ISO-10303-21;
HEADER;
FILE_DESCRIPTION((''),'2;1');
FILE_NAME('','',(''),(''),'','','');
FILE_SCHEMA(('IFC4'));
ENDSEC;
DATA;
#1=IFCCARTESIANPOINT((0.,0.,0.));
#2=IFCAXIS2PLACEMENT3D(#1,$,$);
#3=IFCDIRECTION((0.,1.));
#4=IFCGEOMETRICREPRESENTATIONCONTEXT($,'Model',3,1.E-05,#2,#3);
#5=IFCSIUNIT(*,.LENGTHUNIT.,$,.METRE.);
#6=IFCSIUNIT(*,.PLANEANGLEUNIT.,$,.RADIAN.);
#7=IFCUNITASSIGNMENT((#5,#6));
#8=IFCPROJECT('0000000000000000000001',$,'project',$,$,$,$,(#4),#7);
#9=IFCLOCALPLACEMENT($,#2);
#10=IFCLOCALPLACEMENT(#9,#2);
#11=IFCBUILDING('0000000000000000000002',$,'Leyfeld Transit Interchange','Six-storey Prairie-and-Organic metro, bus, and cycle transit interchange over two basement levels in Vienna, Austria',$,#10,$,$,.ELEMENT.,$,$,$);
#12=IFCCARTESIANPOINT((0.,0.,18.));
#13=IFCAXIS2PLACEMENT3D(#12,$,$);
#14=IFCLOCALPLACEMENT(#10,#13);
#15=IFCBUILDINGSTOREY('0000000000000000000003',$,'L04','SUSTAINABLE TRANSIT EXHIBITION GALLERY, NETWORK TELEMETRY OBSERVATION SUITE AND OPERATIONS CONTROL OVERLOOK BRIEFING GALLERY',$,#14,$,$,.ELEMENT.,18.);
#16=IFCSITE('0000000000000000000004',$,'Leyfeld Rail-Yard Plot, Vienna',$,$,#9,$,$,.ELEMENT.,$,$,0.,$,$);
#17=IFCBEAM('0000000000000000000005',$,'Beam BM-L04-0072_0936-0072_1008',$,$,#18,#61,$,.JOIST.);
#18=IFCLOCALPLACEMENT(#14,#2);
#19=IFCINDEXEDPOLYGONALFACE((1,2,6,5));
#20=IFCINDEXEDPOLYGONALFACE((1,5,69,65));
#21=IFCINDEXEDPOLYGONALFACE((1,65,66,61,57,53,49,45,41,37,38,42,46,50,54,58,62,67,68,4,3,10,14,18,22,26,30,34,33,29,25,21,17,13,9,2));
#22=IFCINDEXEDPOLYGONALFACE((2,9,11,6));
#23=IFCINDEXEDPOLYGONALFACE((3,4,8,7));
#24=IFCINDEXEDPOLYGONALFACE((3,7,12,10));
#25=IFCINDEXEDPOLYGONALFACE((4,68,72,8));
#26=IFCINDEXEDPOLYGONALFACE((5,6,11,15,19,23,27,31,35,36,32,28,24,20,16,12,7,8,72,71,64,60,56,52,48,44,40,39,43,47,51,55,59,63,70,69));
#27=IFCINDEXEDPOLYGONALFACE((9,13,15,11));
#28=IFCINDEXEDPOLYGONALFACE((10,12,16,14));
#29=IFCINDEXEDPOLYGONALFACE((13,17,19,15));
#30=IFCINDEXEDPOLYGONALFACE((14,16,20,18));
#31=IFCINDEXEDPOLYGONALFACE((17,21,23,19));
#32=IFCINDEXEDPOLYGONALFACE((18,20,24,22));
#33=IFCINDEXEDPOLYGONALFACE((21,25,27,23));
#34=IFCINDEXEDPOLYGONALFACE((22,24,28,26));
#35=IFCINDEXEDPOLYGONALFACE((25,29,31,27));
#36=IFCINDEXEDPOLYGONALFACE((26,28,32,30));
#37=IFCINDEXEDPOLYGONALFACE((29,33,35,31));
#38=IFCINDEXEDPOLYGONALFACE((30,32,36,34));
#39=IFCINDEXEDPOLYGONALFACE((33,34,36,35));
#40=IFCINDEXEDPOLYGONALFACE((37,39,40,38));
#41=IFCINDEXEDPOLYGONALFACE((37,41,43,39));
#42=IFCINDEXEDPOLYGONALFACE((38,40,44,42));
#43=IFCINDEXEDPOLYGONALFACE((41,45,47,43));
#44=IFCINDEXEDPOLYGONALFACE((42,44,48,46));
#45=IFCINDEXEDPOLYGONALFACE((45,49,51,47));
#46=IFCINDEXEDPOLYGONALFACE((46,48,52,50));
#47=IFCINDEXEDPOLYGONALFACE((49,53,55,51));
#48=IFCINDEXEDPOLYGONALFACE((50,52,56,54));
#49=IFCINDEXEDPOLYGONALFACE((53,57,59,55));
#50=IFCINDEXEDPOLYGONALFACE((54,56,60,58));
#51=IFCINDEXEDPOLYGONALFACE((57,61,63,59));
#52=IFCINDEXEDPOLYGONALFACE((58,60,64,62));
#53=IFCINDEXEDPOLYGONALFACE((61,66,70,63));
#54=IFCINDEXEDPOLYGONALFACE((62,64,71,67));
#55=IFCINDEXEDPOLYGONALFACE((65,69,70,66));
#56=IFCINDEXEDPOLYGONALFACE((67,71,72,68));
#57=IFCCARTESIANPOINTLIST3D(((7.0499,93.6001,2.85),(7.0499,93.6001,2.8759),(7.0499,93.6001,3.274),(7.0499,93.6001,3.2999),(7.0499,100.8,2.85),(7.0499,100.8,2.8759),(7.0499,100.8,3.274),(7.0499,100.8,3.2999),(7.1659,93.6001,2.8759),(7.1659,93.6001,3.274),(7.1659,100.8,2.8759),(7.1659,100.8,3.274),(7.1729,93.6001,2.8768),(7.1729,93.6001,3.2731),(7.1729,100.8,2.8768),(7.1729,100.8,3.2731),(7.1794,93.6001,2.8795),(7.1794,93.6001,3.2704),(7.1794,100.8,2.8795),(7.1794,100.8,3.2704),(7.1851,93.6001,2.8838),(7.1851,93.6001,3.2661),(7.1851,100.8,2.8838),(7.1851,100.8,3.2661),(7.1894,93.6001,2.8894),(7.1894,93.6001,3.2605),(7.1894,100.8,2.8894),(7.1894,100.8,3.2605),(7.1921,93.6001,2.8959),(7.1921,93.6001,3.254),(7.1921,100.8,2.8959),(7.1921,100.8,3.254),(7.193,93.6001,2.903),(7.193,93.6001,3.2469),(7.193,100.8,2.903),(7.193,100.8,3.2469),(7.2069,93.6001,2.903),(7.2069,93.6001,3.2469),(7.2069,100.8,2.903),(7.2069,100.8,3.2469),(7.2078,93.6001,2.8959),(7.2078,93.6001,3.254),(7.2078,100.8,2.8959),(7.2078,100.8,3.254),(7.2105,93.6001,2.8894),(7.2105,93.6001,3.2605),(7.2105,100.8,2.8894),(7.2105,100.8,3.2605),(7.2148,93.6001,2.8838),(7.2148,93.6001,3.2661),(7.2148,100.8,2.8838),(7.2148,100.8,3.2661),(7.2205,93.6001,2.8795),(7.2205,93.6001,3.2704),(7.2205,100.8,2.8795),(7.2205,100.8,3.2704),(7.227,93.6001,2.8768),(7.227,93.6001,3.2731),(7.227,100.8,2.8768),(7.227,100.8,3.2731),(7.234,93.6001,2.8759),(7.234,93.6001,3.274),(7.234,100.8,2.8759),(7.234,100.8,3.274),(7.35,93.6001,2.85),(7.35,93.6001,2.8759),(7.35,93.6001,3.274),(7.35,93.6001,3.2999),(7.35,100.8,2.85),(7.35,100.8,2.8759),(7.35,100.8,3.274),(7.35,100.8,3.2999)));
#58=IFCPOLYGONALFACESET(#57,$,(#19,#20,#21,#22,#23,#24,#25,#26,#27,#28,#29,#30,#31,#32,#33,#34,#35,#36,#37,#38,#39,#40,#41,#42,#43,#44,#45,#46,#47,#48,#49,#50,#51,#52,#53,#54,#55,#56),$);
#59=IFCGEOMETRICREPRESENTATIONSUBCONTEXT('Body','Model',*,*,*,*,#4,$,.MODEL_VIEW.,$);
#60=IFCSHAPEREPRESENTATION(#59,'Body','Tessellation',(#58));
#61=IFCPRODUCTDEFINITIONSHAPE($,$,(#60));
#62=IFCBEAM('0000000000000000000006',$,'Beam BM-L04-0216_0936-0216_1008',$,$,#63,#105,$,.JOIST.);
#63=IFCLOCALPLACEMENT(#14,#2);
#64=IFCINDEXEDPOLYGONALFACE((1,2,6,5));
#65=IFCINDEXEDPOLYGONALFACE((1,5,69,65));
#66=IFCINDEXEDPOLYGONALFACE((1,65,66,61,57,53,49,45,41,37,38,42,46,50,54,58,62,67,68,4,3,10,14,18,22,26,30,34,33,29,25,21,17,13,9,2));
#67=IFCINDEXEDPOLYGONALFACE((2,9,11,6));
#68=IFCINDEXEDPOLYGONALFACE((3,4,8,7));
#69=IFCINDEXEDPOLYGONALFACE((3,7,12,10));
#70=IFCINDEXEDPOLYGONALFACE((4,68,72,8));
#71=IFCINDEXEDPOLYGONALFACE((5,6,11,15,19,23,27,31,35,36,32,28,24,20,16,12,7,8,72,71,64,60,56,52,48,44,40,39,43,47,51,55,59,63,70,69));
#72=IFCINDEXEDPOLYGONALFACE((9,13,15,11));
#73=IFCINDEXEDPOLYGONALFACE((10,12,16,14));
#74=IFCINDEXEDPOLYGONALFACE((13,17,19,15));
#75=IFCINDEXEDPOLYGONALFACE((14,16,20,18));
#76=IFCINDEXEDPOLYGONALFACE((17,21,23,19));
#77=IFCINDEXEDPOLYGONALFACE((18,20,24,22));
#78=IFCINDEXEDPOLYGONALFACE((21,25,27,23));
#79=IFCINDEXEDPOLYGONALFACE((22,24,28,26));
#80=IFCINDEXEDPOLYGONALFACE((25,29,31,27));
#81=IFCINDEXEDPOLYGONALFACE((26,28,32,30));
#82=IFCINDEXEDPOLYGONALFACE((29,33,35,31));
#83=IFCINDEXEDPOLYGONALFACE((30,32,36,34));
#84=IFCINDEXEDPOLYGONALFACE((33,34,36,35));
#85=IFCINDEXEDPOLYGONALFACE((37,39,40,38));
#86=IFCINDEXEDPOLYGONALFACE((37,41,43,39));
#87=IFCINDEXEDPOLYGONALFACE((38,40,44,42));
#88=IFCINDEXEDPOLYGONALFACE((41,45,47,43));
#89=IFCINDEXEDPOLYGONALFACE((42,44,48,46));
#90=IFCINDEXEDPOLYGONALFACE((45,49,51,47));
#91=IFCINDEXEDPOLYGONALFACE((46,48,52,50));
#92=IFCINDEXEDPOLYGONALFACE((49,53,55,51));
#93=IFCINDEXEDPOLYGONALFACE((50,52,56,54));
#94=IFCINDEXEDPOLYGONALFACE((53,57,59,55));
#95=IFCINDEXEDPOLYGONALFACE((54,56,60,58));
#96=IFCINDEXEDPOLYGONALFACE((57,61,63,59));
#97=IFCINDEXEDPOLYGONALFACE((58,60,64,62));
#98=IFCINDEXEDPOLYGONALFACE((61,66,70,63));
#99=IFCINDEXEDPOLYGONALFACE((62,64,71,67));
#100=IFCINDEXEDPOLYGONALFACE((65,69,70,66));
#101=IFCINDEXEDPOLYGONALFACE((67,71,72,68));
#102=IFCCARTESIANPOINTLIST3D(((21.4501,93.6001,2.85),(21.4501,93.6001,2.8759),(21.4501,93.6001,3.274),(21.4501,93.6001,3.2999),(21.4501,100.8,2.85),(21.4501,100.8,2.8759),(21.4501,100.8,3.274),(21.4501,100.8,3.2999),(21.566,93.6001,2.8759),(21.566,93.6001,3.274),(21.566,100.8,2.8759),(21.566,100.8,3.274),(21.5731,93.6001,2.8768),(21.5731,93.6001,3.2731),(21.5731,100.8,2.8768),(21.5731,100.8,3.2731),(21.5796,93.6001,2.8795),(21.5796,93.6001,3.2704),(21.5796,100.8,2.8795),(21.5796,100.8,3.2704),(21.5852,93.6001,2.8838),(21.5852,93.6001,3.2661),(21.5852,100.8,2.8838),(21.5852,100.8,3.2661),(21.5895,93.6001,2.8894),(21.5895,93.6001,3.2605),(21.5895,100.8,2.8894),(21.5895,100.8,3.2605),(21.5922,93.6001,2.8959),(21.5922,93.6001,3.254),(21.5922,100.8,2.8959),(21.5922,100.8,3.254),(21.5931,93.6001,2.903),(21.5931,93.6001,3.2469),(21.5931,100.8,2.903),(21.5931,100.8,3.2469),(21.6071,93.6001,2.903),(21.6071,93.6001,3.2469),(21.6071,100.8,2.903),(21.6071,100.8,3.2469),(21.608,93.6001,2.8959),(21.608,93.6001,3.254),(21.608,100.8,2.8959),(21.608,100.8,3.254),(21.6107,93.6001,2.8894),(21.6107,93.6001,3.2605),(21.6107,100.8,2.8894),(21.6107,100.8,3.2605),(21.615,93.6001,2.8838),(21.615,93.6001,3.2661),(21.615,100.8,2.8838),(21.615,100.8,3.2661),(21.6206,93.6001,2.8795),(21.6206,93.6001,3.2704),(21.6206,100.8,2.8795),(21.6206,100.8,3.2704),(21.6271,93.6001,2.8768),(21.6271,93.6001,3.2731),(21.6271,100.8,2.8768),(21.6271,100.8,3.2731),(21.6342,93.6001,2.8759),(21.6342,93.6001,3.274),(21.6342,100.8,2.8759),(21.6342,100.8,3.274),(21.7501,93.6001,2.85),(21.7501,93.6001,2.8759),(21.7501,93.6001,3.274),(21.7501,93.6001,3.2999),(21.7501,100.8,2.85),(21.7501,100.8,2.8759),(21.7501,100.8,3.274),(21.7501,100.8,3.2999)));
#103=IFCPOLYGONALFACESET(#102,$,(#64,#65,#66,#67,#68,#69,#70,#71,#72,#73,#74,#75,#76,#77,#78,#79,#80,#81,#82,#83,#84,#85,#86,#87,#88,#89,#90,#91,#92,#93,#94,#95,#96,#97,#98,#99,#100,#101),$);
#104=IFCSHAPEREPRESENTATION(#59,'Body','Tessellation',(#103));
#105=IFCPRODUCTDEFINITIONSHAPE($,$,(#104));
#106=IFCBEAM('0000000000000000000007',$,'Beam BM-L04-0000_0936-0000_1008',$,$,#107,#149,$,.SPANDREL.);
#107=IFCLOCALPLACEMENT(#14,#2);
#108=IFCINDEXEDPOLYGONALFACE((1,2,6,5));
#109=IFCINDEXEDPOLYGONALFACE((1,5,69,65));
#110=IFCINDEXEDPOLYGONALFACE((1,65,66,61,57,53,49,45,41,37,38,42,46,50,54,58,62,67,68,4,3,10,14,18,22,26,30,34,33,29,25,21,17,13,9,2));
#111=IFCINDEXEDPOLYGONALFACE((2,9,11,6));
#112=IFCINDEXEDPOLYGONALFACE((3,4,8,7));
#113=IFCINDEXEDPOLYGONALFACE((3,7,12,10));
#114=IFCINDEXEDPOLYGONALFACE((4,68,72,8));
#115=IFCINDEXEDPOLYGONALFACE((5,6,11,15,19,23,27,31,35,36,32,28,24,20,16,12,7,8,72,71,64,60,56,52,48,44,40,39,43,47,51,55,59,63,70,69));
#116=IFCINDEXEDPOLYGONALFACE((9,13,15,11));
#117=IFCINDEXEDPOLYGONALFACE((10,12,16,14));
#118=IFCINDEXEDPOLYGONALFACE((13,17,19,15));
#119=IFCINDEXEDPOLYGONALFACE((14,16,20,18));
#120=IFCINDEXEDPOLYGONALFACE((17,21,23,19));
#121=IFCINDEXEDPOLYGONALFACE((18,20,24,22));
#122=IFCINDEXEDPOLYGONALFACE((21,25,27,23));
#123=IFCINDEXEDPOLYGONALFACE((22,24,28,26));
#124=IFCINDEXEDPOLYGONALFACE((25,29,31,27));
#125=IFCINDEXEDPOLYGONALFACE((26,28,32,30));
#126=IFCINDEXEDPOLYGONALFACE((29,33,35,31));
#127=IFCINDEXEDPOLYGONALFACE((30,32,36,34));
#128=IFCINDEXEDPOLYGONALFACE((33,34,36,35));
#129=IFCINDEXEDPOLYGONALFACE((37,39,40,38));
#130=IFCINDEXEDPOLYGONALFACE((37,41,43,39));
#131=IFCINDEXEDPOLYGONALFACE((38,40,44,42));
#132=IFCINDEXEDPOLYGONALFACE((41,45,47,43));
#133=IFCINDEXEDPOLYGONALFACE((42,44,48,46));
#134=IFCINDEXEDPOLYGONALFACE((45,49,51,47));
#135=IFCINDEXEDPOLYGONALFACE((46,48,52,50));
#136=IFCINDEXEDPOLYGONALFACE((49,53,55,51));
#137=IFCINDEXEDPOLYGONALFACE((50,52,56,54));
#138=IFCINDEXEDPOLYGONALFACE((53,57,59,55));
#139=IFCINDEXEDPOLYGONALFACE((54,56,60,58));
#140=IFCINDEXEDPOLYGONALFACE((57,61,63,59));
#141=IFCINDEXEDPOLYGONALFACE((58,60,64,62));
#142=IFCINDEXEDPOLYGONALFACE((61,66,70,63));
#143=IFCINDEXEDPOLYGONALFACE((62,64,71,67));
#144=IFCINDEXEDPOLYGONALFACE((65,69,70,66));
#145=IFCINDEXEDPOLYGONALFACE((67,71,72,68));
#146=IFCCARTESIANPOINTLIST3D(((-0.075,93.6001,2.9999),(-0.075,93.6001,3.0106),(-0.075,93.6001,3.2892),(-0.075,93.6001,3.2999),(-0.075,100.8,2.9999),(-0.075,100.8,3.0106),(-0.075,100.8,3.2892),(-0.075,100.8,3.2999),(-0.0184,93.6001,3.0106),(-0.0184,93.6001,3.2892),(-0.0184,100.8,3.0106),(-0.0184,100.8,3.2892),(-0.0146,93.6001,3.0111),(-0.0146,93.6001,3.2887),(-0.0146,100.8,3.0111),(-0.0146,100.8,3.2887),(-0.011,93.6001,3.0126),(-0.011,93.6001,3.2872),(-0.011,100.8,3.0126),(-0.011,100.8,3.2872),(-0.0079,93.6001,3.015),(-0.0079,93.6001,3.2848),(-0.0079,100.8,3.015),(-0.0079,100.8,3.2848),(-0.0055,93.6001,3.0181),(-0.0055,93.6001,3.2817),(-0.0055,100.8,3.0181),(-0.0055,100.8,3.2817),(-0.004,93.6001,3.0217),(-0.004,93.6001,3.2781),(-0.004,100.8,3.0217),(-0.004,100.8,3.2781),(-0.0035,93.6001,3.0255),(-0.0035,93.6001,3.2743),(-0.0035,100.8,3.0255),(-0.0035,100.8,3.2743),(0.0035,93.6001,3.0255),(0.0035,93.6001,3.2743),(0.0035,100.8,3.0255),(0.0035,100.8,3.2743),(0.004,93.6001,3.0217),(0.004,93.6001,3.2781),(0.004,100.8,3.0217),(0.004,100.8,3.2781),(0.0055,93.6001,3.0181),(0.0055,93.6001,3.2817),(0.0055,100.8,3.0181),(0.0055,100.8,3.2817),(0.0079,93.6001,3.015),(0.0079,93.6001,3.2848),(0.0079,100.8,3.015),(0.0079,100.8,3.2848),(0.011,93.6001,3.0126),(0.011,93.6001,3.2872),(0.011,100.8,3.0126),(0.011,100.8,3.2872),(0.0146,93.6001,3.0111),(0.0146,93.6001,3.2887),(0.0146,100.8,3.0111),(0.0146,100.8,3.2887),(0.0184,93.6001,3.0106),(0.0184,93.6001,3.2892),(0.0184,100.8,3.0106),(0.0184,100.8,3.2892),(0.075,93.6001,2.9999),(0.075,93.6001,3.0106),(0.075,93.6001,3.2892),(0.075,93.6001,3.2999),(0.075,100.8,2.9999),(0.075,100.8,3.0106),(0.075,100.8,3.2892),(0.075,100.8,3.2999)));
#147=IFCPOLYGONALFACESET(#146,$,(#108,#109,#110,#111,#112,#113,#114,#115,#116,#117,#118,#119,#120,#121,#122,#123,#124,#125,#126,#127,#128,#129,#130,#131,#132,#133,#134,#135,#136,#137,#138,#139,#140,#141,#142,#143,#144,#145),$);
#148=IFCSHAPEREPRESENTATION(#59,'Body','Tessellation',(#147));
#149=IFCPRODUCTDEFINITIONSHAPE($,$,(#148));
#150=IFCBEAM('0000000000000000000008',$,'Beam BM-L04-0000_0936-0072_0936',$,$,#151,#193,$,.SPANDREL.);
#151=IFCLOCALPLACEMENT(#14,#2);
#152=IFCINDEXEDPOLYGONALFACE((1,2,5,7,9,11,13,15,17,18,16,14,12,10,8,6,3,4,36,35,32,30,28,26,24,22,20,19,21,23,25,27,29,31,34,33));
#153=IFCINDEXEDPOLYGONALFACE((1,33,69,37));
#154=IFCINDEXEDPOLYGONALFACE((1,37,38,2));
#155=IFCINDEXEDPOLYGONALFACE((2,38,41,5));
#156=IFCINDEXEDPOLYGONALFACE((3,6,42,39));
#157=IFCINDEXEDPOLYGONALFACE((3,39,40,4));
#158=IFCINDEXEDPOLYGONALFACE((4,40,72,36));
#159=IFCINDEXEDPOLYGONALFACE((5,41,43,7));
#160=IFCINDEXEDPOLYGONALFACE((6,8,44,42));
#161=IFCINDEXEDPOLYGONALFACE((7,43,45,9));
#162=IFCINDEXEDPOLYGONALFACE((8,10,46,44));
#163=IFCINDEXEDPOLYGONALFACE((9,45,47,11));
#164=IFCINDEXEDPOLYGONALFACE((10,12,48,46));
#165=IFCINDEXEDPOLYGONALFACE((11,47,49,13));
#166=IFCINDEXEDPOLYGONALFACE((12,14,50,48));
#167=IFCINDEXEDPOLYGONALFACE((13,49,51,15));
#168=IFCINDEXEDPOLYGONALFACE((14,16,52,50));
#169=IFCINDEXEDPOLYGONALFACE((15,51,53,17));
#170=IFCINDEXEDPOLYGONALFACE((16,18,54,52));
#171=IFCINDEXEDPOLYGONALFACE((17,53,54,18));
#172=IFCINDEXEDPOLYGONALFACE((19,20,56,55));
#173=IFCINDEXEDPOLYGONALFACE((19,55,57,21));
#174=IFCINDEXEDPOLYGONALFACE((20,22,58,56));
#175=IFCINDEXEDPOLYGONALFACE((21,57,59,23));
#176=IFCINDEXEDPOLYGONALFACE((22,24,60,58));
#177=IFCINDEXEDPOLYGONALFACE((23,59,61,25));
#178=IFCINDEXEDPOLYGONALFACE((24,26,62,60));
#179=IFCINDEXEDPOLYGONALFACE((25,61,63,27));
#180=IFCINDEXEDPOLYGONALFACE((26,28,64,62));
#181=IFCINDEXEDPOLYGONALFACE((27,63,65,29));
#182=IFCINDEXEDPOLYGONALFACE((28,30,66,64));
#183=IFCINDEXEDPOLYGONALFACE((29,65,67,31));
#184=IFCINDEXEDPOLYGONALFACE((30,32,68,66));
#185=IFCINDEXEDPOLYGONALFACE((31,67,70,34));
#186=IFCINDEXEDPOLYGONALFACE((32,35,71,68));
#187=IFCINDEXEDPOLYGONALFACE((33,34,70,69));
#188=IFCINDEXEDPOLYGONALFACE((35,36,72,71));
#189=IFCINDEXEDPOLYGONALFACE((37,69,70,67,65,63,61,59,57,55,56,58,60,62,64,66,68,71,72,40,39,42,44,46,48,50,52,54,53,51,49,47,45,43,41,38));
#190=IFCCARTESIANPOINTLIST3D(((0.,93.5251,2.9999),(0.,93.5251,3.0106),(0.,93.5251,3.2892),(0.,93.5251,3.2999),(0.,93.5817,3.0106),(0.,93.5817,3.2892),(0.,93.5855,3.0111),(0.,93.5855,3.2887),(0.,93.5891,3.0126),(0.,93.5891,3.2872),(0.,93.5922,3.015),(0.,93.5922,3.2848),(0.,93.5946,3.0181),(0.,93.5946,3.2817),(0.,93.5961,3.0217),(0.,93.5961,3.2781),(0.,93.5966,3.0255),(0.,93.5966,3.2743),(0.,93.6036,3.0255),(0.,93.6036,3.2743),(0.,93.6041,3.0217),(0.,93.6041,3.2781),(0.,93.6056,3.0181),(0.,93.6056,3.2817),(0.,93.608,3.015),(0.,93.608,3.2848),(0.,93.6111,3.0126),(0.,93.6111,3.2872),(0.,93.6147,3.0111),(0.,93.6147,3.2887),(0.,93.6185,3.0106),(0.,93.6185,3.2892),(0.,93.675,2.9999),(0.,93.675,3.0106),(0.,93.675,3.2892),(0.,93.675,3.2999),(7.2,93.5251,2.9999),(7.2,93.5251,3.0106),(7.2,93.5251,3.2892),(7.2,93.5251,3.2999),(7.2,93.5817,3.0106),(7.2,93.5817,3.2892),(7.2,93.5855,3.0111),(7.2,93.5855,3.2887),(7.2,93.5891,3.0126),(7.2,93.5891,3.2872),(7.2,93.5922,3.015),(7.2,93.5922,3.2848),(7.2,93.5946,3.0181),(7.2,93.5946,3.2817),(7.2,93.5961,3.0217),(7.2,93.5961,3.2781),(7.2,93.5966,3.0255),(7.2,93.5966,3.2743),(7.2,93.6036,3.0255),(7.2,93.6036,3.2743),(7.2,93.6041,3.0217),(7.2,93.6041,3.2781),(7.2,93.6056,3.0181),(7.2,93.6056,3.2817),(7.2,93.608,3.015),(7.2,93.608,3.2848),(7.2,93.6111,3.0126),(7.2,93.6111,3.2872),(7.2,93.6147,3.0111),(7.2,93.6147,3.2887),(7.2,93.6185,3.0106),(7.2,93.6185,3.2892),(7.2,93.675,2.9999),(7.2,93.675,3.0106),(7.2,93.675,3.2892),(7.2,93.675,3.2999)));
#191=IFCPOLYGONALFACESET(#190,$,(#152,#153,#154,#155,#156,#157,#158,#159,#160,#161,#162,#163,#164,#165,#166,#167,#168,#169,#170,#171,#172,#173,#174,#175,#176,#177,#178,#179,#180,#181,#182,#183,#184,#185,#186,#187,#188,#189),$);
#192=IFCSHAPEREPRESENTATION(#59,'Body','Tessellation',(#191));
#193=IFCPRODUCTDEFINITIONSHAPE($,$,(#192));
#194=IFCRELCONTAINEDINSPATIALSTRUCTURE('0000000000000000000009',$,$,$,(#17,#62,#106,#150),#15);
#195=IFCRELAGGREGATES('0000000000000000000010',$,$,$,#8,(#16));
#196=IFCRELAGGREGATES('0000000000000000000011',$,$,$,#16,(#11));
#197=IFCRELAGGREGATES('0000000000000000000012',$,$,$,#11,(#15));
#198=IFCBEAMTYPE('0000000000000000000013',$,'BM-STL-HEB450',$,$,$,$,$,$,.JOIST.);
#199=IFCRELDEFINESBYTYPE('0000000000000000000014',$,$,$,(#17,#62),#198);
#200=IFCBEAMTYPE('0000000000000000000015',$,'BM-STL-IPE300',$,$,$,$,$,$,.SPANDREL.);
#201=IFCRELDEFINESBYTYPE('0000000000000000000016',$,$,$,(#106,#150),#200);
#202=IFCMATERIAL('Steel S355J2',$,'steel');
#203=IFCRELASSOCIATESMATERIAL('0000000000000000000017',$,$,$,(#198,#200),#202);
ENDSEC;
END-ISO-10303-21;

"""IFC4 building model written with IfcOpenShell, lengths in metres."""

from ifc_helpers import new_model, si_unit, direction, frame, origin, origin_2d, place, context, subcontext, project, spatial, i_section, extrude, material, material_profile, profile_set, type_object, element, save


model = new_model("IFC4")

# Units and contexts
model_context = context("Model", 3, precision=1e-05, world=origin(), true_north=direction((0.0, 1.0)))
body_context = subcontext(model_context, "Body", "Model", "MODEL_VIEW")
ifc_project = project(units=[si_unit("LENGTHUNIT", "METRE"), si_unit("PLANEANGLEUNIT", "RADIAN")], contexts=[model_context])

# Site, building, storey
site_placement = place(None, origin())
site = spatial("IfcSite", under=ifc_project, at=site_placement, Name="Leyfeld Rail-Yard Plot, Vienna", CompositionType="ELEMENT", RefElevation=0.0)
building_placement = place(site_placement, origin())
building = spatial("IfcBuilding", under=site, at=building_placement, Name="Leyfeld Transit Interchange", Description="Six-storey Prairie-and-Organic metro, bus, and cycle transit interchange over two basement levels in Vienna, Austria", CompositionType="ELEMENT")
storey_placement = place(building_placement, frame((0.0, 0.0, 18.0)))
storey = spatial("IfcBuildingStorey", under=building, at=storey_placement, Name="L04", Description="SUSTAINABLE TRANSIT EXHIBITION GALLERY, NETWORK TELEMETRY OBSERVATION SUITE AND OPERATIONS CONTROL OVERLOOK BRIEFING GALLERY", CompositionType="ELEMENT", Elevation=18.0)

# Shared definitions
ifc_material_1 = material(Name="Steel S355J2", Category="steel")

# Beams
ifc_material_profile_1 = material_profile(ifc_material_1, i_section(OverallWidth=0.3, OverallDepth=0.45, WebThickness=0.0139, FlangeThickness=0.0259, FilletRadius=0.0271, at=origin_2d()), Name="HEB 450")
ifc_profile_set_1 = profile_set([ifc_material_profile_1], Name="Steel S355J2")
beam_type_1 = type_object("IfcBeamType", Name="BM-STL-HEB450", PredefinedType="JOIST", material=ifc_profile_set_1)
for number, where, z_axis, x_axis, name in (
    (1, (7.2, 93.6001, 3.075), (0.0, 1.0, 0.0), (-1.0, 0.0, 0.0), "Beam BM-L04-0072_0936-0072_1008"),
    (2, (21.6001, 93.6001, 3.075), (0.0, 1.0, 0.0), (-1.0, 0.0, 0.0), "Beam BM-L04-0216_0936-0216_1008"),
):
    element("IfcBeam", number, at=place(storey_placement, frame(where, z_axis=z_axis, x_axis=x_axis)), inside=storey, type_object=beam_type_1, Name=name, PredefinedType="JOIST", context=body_context, shape_type="SweptSolid", body=[
        extrude(i_section(OverallWidth=0.3, OverallDepth=0.45, WebThickness=0.0139, FlangeThickness=0.0259, FilletRadius=0.0271, at=origin_2d()), origin(), (0.0, 0.0, 1.0), 7.2),
    ])
ifc_material_profile_2 = material_profile(ifc_material_1, i_section(OverallWidth=0.1499, OverallDepth=0.3, WebThickness=0.0071, FlangeThickness=0.0107, FilletRadius=0.0149, at=origin_2d()), Name="IPE 300")
ifc_profile_set_2 = profile_set([ifc_material_profile_2], Name="Steel S355J2")
beam_type_2 = type_object("IfcBeamType", Name="BM-STL-IPE300", PredefinedType="SPANDREL", material=ifc_profile_set_2)
for number, where, z_axis, x_axis, name in (
    (3, (0.0, 93.6001, 3.1499), (0.0, 1.0, 0.0), (-1.0, 0.0, 0.0), "Beam BM-L04-0000_0936-0000_1008"),
    (4, (0.0, 93.6001, 3.1499), (1.0, 0.0, 0.0), (0.0, 1.0, 0.0), "Beam BM-L04-0000_0936-0072_0936"),
):
    element("IfcBeam", number, at=place(storey_placement, frame(where, z_axis=z_axis, x_axis=x_axis)), inside=storey, type_object=beam_type_2, Name=name, PredefinedType="SPANDREL", context=body_context, shape_type="SweptSolid", body=[
        extrude(i_section(OverallWidth=0.1499, OverallDepth=0.3, WebThickness=0.0071, FlangeThickness=0.0107, FilletRadius=0.0149, at=origin_2d()), origin(), (0.0, 0.0, 1.0), 7.2),
    ])

save(model, "model.ifc")
